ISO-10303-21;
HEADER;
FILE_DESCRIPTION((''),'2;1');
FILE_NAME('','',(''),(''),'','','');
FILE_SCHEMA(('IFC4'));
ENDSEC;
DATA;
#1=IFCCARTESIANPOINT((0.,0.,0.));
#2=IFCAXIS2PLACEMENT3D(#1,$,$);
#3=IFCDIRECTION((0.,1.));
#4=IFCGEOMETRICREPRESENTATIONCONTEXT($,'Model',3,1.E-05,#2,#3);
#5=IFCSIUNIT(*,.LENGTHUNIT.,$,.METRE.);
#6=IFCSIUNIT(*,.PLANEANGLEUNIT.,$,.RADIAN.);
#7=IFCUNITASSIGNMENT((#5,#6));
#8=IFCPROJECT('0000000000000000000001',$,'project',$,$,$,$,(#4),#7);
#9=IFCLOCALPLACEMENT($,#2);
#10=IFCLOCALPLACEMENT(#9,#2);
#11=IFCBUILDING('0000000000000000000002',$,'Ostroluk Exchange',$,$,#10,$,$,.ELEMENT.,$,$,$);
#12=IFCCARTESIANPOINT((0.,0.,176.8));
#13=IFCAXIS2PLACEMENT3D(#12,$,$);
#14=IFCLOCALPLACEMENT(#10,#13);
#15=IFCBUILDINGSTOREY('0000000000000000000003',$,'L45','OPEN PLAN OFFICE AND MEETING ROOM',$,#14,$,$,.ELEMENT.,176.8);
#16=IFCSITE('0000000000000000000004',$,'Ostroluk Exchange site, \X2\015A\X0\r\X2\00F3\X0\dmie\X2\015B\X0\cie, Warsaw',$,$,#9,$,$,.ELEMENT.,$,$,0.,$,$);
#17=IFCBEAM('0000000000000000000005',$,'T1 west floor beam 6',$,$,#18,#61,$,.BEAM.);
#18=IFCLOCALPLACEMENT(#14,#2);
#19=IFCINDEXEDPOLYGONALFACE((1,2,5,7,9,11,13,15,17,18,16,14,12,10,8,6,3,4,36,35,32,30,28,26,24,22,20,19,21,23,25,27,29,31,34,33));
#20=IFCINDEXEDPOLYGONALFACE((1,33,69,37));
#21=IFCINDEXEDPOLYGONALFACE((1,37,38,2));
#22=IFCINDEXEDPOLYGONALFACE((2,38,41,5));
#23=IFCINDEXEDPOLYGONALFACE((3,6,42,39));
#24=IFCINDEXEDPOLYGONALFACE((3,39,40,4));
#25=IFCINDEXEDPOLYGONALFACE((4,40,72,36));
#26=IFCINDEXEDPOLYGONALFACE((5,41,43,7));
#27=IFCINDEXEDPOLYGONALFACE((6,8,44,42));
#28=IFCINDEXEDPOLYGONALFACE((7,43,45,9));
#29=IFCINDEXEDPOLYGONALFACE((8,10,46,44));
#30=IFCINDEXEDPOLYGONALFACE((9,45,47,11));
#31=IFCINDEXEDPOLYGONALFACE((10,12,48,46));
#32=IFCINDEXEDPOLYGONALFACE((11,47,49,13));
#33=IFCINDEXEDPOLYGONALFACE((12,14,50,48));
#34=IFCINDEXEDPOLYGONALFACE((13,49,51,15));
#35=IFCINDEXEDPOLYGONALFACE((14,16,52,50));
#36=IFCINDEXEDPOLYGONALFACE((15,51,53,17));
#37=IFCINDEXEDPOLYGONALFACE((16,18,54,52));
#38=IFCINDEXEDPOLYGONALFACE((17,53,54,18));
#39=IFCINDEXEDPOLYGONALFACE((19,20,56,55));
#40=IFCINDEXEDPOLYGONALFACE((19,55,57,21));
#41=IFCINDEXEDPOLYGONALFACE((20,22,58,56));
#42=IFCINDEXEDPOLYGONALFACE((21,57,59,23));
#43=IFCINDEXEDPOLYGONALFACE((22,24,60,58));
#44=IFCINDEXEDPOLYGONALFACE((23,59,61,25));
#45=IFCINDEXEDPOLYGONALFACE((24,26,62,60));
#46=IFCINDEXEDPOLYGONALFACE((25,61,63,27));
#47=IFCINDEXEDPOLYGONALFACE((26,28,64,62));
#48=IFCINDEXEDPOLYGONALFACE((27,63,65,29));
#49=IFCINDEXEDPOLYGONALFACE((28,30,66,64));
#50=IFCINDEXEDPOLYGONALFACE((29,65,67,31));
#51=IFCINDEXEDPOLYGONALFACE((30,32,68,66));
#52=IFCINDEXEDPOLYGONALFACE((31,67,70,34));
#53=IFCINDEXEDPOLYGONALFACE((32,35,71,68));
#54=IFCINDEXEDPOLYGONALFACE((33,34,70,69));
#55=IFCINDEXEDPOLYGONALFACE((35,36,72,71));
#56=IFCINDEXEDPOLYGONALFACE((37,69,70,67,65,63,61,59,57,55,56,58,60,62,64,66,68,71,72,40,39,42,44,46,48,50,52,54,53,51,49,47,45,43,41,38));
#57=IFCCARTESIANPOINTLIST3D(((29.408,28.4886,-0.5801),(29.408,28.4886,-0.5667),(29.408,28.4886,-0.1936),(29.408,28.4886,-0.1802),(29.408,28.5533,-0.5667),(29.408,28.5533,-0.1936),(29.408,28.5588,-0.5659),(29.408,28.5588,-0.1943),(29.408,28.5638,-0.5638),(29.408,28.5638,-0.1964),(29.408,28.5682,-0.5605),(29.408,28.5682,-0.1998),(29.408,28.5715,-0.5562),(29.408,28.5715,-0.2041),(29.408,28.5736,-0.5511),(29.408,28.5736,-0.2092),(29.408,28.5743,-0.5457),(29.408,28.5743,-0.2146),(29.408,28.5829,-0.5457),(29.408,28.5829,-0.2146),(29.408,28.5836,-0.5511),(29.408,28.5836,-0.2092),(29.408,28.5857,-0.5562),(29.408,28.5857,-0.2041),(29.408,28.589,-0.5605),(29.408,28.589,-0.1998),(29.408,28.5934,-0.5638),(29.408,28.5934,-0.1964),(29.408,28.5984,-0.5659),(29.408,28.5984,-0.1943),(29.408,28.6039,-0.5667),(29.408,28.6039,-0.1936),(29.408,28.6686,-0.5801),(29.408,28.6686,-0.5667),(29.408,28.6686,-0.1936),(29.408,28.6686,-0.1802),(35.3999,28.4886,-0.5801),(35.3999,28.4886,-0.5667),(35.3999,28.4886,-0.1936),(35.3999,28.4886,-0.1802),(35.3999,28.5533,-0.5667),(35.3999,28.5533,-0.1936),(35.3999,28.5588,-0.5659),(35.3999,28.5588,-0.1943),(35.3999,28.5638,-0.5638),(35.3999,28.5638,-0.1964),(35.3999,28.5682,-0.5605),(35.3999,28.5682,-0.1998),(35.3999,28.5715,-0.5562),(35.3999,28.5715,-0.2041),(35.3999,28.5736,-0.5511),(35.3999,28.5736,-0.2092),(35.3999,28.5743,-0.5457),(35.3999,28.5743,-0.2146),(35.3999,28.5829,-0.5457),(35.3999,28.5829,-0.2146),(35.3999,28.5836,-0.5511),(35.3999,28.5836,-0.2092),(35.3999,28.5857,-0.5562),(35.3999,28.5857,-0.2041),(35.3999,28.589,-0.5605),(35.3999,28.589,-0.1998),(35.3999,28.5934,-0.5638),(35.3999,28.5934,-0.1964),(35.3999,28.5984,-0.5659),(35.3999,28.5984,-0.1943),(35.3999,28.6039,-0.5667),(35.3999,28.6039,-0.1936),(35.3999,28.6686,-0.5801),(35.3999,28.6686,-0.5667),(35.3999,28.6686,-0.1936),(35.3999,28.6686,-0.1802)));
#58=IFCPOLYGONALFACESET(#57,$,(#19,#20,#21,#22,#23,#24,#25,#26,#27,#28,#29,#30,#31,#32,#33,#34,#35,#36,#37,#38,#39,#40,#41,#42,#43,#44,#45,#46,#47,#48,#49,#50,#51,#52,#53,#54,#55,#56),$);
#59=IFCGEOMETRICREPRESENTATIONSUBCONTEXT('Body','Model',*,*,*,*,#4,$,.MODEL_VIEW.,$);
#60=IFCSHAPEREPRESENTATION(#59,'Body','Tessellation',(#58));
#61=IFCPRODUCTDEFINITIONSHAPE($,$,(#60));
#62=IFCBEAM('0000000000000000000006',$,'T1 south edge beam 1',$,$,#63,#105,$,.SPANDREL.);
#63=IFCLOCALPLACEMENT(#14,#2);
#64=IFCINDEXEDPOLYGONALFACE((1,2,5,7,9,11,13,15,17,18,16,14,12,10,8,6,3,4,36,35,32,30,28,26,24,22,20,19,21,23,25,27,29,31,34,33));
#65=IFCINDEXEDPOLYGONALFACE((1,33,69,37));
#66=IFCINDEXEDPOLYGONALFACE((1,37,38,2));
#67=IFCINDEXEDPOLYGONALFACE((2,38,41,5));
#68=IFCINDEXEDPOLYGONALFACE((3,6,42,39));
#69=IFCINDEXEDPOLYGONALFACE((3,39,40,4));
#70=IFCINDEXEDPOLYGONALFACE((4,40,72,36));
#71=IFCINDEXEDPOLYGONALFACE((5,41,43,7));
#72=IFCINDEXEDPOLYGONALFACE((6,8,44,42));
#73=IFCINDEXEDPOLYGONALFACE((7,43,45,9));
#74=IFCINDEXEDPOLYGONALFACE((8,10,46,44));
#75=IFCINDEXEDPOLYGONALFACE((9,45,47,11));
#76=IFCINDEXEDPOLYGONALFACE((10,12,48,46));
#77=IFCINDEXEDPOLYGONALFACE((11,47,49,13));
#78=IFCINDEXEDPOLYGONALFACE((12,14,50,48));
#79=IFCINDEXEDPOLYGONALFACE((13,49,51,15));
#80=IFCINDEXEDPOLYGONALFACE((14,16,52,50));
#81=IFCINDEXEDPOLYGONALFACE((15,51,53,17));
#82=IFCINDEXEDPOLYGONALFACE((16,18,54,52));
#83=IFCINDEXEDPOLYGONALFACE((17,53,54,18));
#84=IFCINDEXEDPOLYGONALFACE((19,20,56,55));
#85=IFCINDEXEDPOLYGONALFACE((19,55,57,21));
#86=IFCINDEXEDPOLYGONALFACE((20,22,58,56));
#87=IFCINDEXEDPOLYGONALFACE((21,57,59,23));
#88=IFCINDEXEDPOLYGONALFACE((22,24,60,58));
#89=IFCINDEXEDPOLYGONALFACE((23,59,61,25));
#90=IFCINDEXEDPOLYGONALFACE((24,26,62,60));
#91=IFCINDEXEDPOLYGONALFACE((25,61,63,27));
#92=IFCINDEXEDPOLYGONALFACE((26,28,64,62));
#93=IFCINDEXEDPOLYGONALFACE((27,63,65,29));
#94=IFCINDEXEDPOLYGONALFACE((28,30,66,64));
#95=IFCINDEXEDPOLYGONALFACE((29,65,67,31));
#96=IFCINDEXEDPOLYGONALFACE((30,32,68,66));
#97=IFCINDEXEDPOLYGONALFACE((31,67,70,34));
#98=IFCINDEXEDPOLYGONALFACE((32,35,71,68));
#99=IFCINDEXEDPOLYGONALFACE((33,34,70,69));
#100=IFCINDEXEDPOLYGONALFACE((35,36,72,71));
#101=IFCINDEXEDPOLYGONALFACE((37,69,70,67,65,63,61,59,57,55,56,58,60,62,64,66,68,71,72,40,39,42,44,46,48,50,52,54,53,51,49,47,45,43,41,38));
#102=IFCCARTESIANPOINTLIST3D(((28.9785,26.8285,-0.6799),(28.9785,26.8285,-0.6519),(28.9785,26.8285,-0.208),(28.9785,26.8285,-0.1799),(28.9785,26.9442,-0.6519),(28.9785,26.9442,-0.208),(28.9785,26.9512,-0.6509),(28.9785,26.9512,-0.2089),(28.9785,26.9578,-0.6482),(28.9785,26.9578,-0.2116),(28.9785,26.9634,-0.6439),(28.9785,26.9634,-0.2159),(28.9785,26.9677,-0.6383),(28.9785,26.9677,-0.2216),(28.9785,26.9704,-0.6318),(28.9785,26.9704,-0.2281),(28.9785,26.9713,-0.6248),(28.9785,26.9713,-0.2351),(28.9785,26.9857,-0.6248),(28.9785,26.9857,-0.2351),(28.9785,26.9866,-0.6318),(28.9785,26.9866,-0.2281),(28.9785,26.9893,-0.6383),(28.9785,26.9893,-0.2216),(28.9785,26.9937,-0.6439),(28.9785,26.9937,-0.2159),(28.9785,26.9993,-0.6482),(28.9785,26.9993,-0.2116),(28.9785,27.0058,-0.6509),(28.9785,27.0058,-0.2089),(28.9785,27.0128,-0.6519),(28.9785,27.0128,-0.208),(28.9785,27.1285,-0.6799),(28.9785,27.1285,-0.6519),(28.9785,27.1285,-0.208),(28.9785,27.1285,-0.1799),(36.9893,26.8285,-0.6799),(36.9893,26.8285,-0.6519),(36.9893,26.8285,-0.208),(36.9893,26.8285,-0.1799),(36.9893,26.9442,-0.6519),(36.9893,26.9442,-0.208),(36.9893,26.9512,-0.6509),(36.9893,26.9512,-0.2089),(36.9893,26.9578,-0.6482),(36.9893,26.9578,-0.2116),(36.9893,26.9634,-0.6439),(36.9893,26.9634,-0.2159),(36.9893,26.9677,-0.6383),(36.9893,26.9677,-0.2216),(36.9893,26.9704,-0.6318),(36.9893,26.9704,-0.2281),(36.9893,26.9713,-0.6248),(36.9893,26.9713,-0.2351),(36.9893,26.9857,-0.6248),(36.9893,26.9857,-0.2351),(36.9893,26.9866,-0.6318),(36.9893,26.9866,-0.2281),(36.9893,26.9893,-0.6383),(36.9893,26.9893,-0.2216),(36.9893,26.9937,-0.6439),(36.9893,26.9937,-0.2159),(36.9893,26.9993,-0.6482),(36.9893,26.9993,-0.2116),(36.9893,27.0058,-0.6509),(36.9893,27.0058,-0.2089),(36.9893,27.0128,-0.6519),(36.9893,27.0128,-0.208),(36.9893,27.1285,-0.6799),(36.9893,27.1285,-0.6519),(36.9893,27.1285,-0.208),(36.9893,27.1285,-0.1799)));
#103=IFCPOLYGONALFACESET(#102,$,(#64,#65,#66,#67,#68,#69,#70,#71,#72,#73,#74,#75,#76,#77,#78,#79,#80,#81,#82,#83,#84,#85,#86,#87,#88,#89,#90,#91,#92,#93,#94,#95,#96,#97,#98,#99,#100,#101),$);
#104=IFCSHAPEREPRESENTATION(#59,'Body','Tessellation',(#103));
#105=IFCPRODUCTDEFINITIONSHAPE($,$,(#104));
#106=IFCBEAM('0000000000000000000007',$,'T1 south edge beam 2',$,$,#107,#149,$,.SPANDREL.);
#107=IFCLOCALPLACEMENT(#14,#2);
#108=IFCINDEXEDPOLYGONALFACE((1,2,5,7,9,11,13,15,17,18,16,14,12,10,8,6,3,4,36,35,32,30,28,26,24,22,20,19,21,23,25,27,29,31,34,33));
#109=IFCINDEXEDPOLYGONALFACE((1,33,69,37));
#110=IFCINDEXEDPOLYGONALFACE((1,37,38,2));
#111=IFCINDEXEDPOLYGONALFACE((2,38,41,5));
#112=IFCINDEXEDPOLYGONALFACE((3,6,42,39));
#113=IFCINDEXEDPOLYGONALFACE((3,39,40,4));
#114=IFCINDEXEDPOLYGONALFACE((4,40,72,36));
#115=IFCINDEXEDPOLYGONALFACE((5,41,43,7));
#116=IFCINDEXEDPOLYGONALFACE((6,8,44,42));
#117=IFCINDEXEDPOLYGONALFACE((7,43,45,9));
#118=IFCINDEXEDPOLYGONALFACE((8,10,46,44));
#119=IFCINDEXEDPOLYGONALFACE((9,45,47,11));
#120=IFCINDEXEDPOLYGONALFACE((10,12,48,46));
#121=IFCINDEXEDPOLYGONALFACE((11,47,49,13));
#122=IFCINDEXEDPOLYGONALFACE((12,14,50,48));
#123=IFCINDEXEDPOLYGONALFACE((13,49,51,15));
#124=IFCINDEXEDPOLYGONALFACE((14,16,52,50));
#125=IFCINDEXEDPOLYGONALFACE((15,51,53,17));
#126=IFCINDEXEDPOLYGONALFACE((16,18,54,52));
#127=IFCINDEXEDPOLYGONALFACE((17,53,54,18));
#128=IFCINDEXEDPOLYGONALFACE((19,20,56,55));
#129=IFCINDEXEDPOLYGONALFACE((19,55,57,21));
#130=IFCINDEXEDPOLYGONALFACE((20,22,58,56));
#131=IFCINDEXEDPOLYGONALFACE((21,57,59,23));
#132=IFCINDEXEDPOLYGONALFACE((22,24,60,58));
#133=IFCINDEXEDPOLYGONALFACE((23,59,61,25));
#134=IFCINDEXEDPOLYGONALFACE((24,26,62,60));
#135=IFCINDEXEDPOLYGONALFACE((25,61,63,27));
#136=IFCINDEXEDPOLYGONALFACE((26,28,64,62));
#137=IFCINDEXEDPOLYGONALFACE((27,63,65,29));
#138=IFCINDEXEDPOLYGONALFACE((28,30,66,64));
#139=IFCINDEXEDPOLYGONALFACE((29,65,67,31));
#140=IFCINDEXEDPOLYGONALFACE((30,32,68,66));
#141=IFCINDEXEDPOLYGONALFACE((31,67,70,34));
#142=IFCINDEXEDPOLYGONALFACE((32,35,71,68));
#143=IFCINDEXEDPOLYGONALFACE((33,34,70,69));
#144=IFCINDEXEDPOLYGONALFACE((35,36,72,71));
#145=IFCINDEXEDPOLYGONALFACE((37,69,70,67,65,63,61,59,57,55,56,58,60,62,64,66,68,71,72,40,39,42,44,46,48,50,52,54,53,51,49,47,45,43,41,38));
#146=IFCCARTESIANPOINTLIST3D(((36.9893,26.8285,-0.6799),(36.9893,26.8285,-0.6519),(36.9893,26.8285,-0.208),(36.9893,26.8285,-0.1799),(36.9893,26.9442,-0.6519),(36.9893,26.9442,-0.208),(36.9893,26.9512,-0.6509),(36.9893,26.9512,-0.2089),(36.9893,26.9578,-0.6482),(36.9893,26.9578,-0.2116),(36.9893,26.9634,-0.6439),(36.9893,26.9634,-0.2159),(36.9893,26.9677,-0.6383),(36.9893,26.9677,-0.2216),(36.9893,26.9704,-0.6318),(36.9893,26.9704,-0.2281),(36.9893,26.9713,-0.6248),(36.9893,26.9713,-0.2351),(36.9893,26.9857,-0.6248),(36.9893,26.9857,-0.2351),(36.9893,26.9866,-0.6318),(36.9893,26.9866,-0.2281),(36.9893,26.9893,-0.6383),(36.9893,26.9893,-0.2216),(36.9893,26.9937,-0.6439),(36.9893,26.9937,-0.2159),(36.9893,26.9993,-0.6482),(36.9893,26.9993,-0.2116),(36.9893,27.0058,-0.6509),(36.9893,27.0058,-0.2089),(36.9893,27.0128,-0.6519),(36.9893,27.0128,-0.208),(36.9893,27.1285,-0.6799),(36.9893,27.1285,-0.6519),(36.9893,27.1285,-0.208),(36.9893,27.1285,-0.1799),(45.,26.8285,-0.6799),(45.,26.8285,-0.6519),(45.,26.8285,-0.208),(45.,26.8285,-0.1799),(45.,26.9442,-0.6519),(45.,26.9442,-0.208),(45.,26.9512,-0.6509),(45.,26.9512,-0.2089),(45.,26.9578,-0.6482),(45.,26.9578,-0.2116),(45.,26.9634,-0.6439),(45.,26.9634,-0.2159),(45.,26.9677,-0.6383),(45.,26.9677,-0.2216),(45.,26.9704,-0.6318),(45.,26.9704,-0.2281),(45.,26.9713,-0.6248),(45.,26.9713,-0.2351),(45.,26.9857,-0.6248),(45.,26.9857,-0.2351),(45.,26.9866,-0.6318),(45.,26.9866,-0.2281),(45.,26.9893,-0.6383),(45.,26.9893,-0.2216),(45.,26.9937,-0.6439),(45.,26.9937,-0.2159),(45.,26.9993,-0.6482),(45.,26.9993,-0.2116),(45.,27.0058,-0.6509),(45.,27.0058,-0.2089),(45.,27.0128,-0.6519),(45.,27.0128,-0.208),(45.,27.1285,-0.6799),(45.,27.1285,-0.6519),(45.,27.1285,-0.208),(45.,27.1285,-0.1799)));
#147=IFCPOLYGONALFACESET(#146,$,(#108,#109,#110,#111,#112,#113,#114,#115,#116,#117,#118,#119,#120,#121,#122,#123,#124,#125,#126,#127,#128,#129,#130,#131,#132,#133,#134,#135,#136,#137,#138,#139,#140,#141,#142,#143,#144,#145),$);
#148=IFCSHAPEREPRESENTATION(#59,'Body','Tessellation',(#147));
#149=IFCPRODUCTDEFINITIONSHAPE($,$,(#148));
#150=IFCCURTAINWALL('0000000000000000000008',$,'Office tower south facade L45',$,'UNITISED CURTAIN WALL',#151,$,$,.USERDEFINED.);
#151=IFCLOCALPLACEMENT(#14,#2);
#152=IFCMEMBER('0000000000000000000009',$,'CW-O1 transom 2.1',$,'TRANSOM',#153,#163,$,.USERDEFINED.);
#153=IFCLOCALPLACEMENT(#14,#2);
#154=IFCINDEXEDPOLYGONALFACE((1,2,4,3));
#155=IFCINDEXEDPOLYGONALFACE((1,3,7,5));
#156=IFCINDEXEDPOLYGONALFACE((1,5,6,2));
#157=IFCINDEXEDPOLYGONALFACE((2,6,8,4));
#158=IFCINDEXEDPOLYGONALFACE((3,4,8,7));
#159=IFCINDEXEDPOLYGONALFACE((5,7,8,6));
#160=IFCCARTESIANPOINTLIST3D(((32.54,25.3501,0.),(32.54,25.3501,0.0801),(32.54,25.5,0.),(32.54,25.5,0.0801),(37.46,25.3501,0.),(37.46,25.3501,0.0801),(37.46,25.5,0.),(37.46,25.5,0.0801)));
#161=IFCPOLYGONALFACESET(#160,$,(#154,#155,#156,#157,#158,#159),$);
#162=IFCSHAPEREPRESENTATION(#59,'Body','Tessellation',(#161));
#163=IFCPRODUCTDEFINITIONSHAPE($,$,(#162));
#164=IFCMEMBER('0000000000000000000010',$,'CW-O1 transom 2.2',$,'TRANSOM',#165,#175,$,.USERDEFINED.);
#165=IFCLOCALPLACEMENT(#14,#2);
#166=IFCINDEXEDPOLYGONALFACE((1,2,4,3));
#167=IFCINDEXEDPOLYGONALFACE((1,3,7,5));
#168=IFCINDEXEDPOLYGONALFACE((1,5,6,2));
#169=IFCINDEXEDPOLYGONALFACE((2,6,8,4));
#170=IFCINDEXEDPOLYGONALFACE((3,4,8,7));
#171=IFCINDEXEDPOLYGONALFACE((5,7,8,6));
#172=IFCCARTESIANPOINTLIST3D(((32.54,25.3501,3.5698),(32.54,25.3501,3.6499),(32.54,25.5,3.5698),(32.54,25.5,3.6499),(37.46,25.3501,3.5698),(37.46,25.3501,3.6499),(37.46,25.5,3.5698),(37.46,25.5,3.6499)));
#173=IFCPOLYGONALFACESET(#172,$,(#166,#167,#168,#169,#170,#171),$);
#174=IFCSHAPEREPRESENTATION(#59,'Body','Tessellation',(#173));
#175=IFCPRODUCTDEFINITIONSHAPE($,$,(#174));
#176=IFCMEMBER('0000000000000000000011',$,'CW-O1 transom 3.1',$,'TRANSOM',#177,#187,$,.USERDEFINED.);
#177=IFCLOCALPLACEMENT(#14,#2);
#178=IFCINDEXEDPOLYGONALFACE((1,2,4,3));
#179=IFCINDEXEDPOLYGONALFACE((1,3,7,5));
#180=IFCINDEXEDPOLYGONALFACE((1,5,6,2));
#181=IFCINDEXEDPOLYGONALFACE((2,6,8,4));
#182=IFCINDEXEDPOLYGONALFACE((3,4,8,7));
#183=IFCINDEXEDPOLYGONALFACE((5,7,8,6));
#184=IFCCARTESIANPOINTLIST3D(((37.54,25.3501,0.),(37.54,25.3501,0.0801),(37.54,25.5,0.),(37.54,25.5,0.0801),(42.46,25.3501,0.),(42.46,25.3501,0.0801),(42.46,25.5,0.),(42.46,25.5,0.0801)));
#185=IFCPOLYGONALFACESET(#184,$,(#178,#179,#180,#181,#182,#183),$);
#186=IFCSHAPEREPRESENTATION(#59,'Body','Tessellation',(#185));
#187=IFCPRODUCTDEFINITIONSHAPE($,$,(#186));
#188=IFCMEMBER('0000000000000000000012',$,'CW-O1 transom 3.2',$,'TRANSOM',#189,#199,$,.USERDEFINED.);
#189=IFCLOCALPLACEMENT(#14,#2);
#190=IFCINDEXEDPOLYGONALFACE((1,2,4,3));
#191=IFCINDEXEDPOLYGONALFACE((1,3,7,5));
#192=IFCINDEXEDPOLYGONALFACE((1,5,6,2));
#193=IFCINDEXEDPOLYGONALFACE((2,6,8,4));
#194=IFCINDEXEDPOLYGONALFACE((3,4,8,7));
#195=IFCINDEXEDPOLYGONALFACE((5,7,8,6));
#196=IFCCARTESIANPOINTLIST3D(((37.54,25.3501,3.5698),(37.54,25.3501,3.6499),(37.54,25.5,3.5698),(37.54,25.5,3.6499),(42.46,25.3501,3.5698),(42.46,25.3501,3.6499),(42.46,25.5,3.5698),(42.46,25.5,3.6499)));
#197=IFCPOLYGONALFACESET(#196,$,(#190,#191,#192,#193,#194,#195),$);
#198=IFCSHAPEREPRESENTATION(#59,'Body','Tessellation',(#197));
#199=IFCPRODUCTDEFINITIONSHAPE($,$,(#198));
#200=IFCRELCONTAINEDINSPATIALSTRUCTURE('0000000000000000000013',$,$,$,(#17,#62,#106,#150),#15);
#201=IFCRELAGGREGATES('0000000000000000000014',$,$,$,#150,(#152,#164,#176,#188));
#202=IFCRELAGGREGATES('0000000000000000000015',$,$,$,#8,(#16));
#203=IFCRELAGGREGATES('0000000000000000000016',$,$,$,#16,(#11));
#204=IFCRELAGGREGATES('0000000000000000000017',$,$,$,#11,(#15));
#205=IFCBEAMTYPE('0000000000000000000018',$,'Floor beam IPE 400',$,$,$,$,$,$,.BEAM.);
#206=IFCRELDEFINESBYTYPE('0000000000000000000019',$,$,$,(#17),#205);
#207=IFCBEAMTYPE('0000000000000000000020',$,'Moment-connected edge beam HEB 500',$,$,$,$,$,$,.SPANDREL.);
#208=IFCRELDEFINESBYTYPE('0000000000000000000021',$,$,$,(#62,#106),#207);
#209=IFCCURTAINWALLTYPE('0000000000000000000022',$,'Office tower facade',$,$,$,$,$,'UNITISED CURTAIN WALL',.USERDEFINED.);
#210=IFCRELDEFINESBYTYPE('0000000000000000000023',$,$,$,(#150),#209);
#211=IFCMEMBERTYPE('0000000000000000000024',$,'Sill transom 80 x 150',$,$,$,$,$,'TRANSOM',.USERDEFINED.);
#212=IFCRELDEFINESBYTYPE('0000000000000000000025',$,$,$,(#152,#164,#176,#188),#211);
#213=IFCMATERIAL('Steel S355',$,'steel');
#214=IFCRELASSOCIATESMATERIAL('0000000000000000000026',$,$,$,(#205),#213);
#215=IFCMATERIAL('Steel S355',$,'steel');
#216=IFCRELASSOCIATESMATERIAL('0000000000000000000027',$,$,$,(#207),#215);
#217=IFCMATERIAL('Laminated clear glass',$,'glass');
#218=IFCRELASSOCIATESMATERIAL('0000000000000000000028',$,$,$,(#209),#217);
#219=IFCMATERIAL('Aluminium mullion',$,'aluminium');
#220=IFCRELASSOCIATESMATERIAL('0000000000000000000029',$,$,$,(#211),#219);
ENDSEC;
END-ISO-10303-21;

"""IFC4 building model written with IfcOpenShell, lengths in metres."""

from ifc_helpers import new_model, si_unit, direction, frame, origin, origin_2d, place, context, subcontext, project, spatial, rectangle, i_section, extrude, material, material_profile, profile_set, type_object, element, aggregate, save


model = new_model("IFC4")

# Units and contexts
model_context = context("Model", 3, precision=1e-05, world=origin(), true_north=direction((0.0, 1.0)))
body_context = subcontext(model_context, "Body", "Model", "MODEL_VIEW")
ifc_project = project(units=[si_unit("LENGTHUNIT", "METRE"), si_unit("PLANEANGLEUNIT", "RADIAN")], contexts=[model_context])

# Site, building, storey
site_placement = place(None, origin())
site = spatial("IfcSite", under=ifc_project, at=site_placement, Name="Ostroluk Exchange site, Śródmieście, Warsaw", CompositionType="ELEMENT", RefElevation=0.0)
building_placement = place(site_placement, origin())
building = spatial("IfcBuilding", under=site, at=building_placement, Name="Ostroluk Exchange", CompositionType="ELEMENT")
storey_placement = place(building_placement, frame((0.0, 0.0, 176.8)))
storey = spatial("IfcBuildingStorey", under=building, at=storey_placement, Name="L45", Description="OPEN PLAN OFFICE AND MEETING ROOM", CompositionType="ELEMENT", Elevation=176.8)

# Beams
ifc_material_1 = material(Name="Steel S355", Category="steel")
ifc_material_profile_1 = material_profile(ifc_material_1, i_section(OverallWidth=0.1799, OverallDepth=0.3999, WebThickness=0.0085, FlangeThickness=0.0134, FilletRadius=0.021, at=origin_2d()), Name="IPE 400")
ifc_profile_set_1 = profile_set([ifc_material_profile_1], Name="Steel S355")
beam_type_1 = type_object("IfcBeamType", Name="Floor beam IPE 400", PredefinedType="BEAM", material=ifc_profile_set_1)
beam_placement = place(storey_placement, frame((35.3999, 28.5786, -0.3801), z_axis=(-1.0, 0.0, 0.0), x_axis=(0.0, -1.0, 0.0)))
element("IfcBeam", 1, at=beam_placement, inside=storey, type_object=beam_type_1, Name="T1 west floor beam 6", PredefinedType="BEAM", context=body_context, shape_type="SweptSolid", body=[
    extrude(i_section(OverallWidth=0.1799, OverallDepth=0.3999, WebThickness=0.0085, FlangeThickness=0.0134, FilletRadius=0.021, at=origin_2d()), origin(), (0.0, 0.0, 1.0), 5.9919),
])
ifc_material_2 = material(Name="Steel S355", Category="steel")
ifc_material_profile_2 = material_profile(ifc_material_2, i_section(OverallWidth=0.3, OverallDepth=0.5, WebThickness=0.0144, FlangeThickness=0.0281, FilletRadius=0.0271, at=origin_2d()), Name="HEB 500")
ifc_profile_set_2 = profile_set([ifc_material_profile_2], Name="Steel S355")
beam_type_2 = type_object("IfcBeamType", Name="Moment-connected edge beam HEB 500", PredefinedType="SPANDREL", material=ifc_profile_set_2)
for number, where, z_axis, x_axis, name in (
    (2, (28.9785, 26.9785, -0.4299), (1.0, 0.0, 0.0), (0.0, 1.0, 0.0), "T1 south edge beam 1"),
    (3, (36.9893, 26.9785, -0.4299), (1.0, 0.0, 0.0), (0.0, 1.0, 0.0), "T1 south edge beam 2"),
):
    element("IfcBeam", number, at=place(storey_placement, frame(where, z_axis=z_axis, x_axis=x_axis)), inside=storey, type_object=beam_type_2, Name=name, PredefinedType="SPANDREL", context=body_context, shape_type="SweptSolid", body=[
        extrude(i_section(OverallWidth=0.3, OverallDepth=0.5, WebThickness=0.0144, FlangeThickness=0.0281, FilletRadius=0.0271, at=origin_2d()), origin(), (0.0, 0.0, 1.0), 8.0107),
    ])

# Curtain wall, members
ifc_material_3 = material(Name="Laminated clear glass", Category="glass")
curtain_wall_type = type_object("IfcCurtainWallType", Name="Office tower facade", ElementType="UNITISED CURTAIN WALL", PredefinedType="USERDEFINED", material=ifc_material_3)
curtain_wall_placement = place(storey_placement, origin())
curtain_wall = element("IfcCurtainWall", 4, at=curtain_wall_placement, inside=storey, type_object=curtain_wall_type, Name="Office tower south facade L45", ObjectType="UNITISED CURTAIN WALL", PredefinedType="USERDEFINED")
ifc_material_4 = material(Name="Aluminium mullion", Category="aluminium")
ifc_material_profile_3 = material_profile(ifc_material_4, rectangle(XDim=0.1499, YDim=0.0801, at=origin_2d()), Name="Sill transom 80 x 150")
ifc_profile_set_3 = profile_set([ifc_material_profile_3], Name="Aluminium mullion")
member_type_1 = type_object("IfcMemberType", Name="Sill transom 80 x 150", ElementType="TRANSOM", PredefinedType="USERDEFINED", material=ifc_profile_set_3)
member_1_placement = place(storey_placement, frame((32.54, 25.425, 0.04), z_axis=(1.0, 0.0, 0.0), x_axis=(0.0, 1.0, 0.0)))
member_1 = element("IfcMember", 5, at=member_1_placement, type_object=member_type_1, Name="CW-O1 transom 2.1", ObjectType="TRANSOM", PredefinedType="USERDEFINED", context=body_context, shape_type="SweptSolid", body=[
    extrude(rectangle(XDim=0.1499, YDim=0.0801, at=origin_2d()), origin(), (0.0, 0.0, 1.0), 4.9199),
])
member_2_placement = place(storey_placement, frame((32.54, 25.425, 3.6099), z_axis=(1.0, 0.0, 0.0), x_axis=(0.0, 1.0, 0.0)))
member_2 = element("IfcMember", 6, at=member_2_placement, type_object=member_type_1, Name="CW-O1 transom 2.2", ObjectType="TRANSOM", PredefinedType="USERDEFINED", context=body_context, shape_type="SweptSolid", body=[
    extrude(rectangle(XDim=0.1499, YDim=0.0801, at=origin_2d()), origin(), (0.0, 0.0, 1.0), 4.9199),
])
member_3_placement = place(storey_placement, frame((37.54, 25.425, 0.04), z_axis=(1.0, 0.0, 0.0), x_axis=(0.0, 1.0, 0.0)))
member_3 = element("IfcMember", 7, at=member_3_placement, type_object=member_type_1, Name="CW-O1 transom 3.1", ObjectType="TRANSOM", PredefinedType="USERDEFINED", context=body_context, shape_type="SweptSolid", body=[
    extrude(rectangle(XDim=0.1499, YDim=0.0801, at=origin_2d()), origin(), (0.0, 0.0, 1.0), 4.9199),
])
member_4_placement = place(storey_placement, frame((37.54, 25.425, 3.6099), z_axis=(1.0, 0.0, 0.0), x_axis=(0.0, 1.0, 0.0)))
member_4 = element("IfcMember", 8, at=member_4_placement, type_object=member_type_1, Name="CW-O1 transom 3.2", ObjectType="TRANSOM", PredefinedType="USERDEFINED", context=body_context, shape_type="SweptSolid", body=[
    extrude(rectangle(XDim=0.1499, YDim=0.0801, at=origin_2d()), origin(), (0.0, 0.0, 1.0), 4.9199),
])
aggregate(curtain_wall, [member_1, member_2, member_3, member_4])

save(model, "model.ifc")
